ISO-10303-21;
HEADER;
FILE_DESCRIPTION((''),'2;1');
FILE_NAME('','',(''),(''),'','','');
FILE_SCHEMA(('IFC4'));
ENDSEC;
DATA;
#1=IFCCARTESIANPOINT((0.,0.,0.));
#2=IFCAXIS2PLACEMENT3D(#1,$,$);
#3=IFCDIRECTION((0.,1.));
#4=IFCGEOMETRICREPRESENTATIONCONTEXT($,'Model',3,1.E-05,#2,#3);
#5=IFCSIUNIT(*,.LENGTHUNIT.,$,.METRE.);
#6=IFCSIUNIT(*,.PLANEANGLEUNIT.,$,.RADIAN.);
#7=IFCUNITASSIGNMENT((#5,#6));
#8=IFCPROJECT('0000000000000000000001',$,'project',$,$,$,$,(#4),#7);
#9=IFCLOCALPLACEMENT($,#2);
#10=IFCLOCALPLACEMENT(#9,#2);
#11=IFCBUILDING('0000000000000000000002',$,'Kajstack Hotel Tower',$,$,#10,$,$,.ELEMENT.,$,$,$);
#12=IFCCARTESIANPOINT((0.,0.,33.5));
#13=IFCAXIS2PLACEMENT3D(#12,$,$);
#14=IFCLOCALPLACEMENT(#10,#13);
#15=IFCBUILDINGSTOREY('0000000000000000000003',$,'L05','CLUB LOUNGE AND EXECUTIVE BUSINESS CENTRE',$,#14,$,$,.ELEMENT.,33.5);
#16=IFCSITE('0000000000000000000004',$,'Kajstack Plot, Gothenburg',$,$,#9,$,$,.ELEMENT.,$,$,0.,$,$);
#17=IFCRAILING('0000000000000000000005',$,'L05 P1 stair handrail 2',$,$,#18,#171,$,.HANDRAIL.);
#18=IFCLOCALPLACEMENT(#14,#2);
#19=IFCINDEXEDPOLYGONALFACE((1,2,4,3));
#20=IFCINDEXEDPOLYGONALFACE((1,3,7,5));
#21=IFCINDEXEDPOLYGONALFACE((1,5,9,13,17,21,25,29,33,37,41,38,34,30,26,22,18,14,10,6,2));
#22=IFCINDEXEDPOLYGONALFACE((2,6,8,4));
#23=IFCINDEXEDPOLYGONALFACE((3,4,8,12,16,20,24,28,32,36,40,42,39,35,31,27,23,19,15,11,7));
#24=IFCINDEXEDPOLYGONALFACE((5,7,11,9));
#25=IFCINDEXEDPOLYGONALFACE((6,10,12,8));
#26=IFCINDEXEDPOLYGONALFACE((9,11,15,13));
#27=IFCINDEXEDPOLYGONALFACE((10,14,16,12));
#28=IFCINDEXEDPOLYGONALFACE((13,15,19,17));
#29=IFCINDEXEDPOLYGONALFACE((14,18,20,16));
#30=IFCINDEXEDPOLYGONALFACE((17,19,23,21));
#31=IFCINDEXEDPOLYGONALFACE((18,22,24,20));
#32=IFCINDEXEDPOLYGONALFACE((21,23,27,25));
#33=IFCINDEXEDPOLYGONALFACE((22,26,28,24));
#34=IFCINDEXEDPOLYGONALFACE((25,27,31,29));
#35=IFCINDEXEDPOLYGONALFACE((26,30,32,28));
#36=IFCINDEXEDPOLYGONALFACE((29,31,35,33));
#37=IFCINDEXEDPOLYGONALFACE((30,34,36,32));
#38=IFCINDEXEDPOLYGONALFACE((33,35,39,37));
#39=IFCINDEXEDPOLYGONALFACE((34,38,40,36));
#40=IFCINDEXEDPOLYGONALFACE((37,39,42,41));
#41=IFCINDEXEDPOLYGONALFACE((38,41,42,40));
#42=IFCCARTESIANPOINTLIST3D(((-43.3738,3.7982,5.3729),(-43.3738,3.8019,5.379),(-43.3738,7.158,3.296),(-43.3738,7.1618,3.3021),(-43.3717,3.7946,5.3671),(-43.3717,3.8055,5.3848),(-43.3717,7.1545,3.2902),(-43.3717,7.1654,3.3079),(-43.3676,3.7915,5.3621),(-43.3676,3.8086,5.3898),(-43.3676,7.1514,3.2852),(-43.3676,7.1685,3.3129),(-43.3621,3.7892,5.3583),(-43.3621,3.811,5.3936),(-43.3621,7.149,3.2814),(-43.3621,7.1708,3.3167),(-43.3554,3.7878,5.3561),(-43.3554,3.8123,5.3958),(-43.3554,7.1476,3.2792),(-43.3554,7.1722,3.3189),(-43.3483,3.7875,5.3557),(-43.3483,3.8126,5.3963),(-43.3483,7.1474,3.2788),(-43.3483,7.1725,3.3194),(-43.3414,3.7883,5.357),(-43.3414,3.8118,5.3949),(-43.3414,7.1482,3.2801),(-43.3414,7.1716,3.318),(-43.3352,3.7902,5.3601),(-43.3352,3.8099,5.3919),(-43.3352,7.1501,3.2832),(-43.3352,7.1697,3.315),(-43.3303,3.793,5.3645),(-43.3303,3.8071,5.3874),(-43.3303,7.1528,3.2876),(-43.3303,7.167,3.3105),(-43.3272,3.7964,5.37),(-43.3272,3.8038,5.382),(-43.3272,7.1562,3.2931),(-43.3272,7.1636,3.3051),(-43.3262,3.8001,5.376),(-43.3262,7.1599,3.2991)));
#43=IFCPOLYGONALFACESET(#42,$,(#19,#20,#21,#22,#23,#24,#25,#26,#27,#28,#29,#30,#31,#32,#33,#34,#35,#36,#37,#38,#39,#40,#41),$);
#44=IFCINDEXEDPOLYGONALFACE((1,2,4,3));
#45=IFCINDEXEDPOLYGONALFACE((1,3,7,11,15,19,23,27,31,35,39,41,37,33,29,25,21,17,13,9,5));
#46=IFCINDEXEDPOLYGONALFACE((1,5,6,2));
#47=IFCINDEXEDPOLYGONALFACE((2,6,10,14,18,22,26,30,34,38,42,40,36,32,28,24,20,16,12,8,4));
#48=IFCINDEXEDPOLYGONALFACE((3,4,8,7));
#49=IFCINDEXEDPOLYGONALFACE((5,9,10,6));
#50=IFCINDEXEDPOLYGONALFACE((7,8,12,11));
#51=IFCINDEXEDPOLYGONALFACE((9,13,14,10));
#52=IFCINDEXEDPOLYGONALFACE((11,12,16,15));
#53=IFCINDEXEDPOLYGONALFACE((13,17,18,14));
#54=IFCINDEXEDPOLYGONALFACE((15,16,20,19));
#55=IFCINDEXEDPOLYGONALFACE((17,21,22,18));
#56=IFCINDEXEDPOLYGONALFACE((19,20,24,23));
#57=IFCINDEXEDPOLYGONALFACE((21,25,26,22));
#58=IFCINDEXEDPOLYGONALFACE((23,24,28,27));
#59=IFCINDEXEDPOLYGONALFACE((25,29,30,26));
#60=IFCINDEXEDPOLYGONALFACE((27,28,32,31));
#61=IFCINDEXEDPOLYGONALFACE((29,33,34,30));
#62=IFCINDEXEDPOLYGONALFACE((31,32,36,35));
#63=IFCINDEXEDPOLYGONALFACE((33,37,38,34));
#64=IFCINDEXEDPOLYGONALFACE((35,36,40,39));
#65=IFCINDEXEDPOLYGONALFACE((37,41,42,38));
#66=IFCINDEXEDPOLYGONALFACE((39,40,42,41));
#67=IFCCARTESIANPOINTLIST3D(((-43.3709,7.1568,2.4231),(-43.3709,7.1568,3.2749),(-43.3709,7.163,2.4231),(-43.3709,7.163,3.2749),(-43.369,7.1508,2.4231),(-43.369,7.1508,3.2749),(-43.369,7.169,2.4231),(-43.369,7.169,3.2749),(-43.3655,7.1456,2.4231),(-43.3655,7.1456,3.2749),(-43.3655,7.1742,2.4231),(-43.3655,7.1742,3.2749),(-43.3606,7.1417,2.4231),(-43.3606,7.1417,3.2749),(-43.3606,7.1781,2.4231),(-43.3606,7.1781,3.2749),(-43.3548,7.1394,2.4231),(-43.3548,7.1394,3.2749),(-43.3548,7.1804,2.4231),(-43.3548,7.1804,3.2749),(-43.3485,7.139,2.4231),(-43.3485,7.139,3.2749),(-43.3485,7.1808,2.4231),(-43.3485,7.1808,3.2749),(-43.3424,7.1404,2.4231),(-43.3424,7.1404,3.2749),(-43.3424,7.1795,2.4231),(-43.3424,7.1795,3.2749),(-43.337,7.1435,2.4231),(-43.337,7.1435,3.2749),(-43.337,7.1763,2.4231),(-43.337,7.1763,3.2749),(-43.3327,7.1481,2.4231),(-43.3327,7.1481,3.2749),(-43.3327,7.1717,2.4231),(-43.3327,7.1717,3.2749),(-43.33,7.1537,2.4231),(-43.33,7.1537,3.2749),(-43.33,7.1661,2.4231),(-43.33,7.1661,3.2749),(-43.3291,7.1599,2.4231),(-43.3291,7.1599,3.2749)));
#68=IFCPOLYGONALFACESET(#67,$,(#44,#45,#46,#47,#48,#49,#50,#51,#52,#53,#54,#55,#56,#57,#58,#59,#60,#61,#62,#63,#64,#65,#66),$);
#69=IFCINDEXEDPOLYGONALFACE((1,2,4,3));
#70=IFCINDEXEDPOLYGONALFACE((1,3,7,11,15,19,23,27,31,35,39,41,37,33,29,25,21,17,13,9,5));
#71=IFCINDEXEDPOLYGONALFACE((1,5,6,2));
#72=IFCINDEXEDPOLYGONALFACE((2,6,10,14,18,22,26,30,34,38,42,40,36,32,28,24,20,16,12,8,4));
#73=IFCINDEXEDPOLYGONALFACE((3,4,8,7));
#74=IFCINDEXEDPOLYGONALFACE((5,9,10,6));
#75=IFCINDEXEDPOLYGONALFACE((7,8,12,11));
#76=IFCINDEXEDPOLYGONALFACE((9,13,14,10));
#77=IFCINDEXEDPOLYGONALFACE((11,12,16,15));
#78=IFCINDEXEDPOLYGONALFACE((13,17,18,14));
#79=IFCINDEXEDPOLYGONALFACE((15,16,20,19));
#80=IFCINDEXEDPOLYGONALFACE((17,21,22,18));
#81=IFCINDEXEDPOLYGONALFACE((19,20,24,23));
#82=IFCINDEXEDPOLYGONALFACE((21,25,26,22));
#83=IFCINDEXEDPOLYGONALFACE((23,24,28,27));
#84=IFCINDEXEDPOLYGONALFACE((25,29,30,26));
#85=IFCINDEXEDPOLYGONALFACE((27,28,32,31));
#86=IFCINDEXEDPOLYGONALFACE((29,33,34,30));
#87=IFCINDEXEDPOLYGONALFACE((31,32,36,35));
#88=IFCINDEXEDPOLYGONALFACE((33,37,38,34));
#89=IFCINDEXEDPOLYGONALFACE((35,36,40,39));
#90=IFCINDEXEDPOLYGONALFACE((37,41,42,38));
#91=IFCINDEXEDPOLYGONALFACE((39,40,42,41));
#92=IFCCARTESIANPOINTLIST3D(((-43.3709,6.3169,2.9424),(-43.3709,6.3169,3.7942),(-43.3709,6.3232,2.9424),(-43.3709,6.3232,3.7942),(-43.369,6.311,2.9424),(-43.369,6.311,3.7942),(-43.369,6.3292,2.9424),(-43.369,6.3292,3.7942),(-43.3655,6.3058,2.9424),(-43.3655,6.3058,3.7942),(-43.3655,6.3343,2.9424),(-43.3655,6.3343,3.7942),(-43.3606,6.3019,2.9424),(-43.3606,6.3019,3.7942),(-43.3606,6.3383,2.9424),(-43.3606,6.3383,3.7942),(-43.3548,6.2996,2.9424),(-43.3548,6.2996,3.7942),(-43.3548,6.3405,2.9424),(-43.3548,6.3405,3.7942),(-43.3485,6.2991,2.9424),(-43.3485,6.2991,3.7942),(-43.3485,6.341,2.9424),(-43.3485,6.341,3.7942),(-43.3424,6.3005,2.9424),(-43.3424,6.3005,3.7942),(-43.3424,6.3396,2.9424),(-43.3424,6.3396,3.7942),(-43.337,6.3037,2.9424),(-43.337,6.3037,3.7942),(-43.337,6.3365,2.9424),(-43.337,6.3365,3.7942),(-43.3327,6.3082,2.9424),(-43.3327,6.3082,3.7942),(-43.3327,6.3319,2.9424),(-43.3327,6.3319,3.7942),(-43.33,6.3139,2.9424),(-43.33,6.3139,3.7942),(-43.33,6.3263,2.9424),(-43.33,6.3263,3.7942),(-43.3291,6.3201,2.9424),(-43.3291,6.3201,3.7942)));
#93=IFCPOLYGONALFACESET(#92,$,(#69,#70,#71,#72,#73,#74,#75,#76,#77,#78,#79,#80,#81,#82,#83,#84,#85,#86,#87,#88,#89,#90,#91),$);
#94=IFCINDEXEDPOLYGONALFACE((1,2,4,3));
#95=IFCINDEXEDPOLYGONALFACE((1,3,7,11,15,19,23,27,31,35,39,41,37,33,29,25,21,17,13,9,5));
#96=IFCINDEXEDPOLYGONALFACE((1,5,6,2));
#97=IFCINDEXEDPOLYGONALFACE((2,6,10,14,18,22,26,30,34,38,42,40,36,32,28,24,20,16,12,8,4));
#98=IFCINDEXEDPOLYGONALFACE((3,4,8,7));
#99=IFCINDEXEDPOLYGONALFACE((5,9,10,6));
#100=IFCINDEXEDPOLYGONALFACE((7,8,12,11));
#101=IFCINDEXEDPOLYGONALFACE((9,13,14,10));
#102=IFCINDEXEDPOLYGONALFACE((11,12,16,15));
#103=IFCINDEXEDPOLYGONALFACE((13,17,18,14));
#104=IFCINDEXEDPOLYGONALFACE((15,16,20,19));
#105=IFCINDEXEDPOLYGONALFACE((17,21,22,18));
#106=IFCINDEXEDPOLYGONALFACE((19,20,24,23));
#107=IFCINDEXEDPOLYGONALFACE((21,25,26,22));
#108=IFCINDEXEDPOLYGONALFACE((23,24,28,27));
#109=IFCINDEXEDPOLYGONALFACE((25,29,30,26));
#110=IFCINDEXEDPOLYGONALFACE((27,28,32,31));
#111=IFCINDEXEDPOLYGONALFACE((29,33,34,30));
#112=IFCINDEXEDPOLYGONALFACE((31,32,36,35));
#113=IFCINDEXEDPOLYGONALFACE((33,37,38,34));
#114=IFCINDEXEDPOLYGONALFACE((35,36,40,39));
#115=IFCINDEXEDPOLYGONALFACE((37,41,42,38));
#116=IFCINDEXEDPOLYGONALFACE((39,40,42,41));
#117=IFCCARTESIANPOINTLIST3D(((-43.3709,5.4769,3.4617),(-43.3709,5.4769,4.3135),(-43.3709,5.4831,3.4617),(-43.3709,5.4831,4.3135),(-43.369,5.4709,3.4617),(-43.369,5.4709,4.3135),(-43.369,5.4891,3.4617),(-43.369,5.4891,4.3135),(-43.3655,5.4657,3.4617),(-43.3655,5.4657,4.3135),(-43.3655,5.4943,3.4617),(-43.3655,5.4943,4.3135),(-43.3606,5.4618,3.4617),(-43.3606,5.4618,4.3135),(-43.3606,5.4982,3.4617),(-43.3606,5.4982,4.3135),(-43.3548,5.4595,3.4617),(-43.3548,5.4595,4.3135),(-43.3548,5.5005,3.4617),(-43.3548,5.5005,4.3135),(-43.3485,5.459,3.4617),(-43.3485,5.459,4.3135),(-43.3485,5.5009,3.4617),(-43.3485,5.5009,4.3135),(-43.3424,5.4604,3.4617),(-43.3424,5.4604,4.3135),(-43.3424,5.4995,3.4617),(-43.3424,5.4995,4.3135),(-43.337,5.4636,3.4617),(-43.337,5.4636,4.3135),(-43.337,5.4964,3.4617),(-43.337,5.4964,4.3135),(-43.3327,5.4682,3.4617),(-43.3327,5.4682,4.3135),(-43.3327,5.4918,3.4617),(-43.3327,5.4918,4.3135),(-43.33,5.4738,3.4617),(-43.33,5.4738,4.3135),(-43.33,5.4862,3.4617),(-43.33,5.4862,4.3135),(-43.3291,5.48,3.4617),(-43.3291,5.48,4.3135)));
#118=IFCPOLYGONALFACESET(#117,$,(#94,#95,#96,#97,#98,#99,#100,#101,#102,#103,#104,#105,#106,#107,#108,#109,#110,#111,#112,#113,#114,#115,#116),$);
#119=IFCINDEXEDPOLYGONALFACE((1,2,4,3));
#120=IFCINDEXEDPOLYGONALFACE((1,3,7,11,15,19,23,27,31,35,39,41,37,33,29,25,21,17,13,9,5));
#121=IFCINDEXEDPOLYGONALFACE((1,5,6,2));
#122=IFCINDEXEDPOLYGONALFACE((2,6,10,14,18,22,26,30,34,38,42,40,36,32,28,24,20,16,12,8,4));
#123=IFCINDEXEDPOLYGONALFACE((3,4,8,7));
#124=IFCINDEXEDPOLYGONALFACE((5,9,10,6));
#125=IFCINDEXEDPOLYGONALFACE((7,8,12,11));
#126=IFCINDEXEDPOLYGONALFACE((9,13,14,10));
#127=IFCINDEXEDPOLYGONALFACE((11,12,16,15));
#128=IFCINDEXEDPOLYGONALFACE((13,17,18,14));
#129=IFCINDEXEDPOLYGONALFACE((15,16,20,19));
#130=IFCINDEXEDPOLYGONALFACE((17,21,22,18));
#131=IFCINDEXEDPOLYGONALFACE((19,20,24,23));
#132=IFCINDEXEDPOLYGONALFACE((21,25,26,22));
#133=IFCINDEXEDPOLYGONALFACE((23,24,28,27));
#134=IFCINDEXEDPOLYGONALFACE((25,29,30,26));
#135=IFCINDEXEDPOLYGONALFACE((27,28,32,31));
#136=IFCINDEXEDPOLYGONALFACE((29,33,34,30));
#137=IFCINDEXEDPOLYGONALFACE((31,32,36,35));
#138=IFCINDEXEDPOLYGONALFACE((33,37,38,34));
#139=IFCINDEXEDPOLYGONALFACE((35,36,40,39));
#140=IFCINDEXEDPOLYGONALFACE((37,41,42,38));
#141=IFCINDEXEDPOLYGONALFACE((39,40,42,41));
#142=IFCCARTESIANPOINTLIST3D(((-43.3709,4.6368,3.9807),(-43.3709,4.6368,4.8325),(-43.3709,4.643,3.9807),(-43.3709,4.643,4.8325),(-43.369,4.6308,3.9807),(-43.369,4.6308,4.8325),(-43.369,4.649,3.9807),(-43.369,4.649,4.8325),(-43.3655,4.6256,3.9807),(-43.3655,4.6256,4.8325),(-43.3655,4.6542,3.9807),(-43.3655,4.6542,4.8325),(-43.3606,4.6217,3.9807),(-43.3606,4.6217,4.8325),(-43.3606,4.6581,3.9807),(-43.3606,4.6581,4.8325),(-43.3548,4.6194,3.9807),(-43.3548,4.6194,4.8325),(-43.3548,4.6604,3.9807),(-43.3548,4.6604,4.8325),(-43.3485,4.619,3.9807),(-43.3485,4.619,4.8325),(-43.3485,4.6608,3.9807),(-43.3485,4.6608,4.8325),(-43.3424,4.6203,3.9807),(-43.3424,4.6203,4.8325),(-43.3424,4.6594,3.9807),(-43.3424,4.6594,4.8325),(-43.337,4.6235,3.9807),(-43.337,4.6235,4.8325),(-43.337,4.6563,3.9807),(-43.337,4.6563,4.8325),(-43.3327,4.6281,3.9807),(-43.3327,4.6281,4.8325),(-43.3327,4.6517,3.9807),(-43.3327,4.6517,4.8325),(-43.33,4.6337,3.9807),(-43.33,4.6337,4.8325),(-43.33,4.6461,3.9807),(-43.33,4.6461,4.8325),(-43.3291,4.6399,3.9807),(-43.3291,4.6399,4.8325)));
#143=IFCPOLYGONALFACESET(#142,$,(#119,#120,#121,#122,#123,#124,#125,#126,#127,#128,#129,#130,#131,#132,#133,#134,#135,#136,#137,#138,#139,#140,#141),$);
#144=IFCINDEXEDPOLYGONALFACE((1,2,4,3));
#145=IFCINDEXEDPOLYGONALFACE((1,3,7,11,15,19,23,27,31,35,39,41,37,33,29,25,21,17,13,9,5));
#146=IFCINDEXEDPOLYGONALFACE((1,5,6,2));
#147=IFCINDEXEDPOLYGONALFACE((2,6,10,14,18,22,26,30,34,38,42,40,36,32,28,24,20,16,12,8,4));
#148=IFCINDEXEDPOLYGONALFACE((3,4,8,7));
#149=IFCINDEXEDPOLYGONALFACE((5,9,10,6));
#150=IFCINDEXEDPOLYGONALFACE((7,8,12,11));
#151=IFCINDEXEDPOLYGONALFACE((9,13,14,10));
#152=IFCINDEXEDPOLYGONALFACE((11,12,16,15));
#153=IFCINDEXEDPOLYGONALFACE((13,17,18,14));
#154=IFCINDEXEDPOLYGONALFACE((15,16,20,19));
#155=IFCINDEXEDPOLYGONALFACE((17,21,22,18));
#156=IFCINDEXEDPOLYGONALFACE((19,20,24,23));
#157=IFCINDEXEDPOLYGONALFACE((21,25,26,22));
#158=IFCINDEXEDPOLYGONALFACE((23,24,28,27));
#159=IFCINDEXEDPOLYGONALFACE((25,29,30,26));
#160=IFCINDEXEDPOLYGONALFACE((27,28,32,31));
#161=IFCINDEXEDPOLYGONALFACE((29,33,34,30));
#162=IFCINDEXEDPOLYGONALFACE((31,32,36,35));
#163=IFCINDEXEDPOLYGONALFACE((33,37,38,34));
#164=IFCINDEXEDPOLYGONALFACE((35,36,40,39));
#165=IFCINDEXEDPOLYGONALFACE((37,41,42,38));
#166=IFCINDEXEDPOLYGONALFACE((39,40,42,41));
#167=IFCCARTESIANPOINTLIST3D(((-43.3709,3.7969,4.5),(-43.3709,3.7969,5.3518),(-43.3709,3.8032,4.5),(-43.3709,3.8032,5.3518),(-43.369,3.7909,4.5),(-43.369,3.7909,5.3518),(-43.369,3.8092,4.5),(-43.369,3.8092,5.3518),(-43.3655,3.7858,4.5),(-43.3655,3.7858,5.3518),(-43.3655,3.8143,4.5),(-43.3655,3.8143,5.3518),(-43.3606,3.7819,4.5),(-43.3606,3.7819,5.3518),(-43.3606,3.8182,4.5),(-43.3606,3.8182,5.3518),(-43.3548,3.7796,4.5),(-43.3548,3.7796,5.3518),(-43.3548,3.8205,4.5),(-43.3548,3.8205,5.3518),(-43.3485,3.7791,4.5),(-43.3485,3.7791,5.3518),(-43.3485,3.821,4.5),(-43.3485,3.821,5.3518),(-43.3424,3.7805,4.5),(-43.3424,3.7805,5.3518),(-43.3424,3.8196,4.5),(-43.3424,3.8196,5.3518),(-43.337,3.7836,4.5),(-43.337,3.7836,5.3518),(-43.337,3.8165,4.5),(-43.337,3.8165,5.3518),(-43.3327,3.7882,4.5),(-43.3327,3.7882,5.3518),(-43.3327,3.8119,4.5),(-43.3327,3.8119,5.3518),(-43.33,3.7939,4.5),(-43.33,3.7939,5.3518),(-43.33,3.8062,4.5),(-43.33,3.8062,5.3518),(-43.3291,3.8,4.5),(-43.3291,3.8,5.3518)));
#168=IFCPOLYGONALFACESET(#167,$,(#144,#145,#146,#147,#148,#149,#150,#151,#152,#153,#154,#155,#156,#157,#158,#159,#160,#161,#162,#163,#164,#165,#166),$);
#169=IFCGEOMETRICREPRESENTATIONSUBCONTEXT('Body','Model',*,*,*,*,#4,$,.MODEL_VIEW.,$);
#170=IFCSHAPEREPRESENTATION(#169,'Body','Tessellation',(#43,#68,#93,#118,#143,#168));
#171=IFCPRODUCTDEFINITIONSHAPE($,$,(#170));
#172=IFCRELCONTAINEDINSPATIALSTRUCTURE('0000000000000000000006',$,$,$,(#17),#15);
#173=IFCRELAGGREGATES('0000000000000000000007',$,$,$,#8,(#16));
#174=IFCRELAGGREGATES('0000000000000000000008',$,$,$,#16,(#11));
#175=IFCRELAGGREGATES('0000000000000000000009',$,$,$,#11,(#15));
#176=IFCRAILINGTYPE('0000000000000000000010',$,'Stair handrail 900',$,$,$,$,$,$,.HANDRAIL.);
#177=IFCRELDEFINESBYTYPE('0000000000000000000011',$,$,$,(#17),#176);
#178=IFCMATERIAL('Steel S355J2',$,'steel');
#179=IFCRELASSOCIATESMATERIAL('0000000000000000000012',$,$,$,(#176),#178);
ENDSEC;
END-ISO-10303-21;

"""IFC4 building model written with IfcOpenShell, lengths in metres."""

from ifc_helpers import new_model, si_unit, direction, frame, origin, origin_2d, place, context, subcontext, project, spatial, circle, extrude, material, type_object, element, save


model = new_model("IFC4")

# Units and contexts
model_context = context("Model", 3, precision=1e-05, world=origin(), true_north=direction((0.0, 1.0)))
body_context = subcontext(model_context, "Body", "Model", "MODEL_VIEW")
ifc_project = project(units=[si_unit("LENGTHUNIT", "METRE"), si_unit("PLANEANGLEUNIT", "RADIAN")], contexts=[model_context])

# Site, building, storey
site_placement = place(None, origin())
site = spatial("IfcSite", under=ifc_project, at=site_placement, Name="Kajstack Plot, Gothenburg", CompositionType="ELEMENT", RefElevation=0.0)
building_placement = place(site_placement, origin())
building = spatial("IfcBuilding", under=site, at=building_placement, Name="Kajstack Hotel Tower", CompositionType="ELEMENT")
storey_placement = place(building_placement, frame((0.0, 0.0, 33.5)))
storey = spatial("IfcBuildingStorey", under=building, at=storey_placement, Name="L05", Description="CLUB LOUNGE AND EXECUTIVE BUSINESS CENTRE", CompositionType="ELEMENT", Elevation=33.5)

# Railing
ifc_material_1 = material(Name="Steel S355J2", Category="steel")
railing_type_1 = type_object("IfcRailingType", Name="Stair handrail 900", PredefinedType="HANDRAIL", material=ifc_material_1)
railing_1_placement = place(storey_placement, frame((-43.3501, 7.1599, 2.4231)))
element("IfcRailing", 1, at=railing_1_placement, inside=storey, type_object=railing_type_1, Name="L05 P1 stair handrail 2", PredefinedType="HANDRAIL", context=body_context, shape_type="SweptSolid", body=[
    extrude(circle(Radius=0.0239, at=origin_2d()), frame((0.0, 0.0, 0.876), z_axis=(0.0, -0.850606, 0.525803), x_axis=(1.0, 0.0, 0.0)), (0.0, 0.0, 1.0), 3.95),
    extrude(circle(Radius=0.021, at=origin_2d()), origin(), (0.0, 0.0, 1.0), 0.8518),
    extrude(circle(Radius=0.021, at=origin_2d()), frame((0.0, -0.8398, 0.5193)), (0.0, 0.0, 1.0), 0.8518),
    extrude(circle(Radius=0.021, at=origin_2d()), frame((0.0, -1.6799, 1.0386)), (0.0, 0.0, 1.0), 0.8518),
    extrude(circle(Radius=0.021, at=origin_2d()), frame((0.0, -2.52, 1.5576)), (0.0, 0.0, 1.0), 0.8518),
    extrude(circle(Radius=0.021, at=origin_2d()), frame((0.0, -3.3599, 2.0769)), (0.0, 0.0, 1.0), 0.8518),
])

save(model, "model.ifc")
